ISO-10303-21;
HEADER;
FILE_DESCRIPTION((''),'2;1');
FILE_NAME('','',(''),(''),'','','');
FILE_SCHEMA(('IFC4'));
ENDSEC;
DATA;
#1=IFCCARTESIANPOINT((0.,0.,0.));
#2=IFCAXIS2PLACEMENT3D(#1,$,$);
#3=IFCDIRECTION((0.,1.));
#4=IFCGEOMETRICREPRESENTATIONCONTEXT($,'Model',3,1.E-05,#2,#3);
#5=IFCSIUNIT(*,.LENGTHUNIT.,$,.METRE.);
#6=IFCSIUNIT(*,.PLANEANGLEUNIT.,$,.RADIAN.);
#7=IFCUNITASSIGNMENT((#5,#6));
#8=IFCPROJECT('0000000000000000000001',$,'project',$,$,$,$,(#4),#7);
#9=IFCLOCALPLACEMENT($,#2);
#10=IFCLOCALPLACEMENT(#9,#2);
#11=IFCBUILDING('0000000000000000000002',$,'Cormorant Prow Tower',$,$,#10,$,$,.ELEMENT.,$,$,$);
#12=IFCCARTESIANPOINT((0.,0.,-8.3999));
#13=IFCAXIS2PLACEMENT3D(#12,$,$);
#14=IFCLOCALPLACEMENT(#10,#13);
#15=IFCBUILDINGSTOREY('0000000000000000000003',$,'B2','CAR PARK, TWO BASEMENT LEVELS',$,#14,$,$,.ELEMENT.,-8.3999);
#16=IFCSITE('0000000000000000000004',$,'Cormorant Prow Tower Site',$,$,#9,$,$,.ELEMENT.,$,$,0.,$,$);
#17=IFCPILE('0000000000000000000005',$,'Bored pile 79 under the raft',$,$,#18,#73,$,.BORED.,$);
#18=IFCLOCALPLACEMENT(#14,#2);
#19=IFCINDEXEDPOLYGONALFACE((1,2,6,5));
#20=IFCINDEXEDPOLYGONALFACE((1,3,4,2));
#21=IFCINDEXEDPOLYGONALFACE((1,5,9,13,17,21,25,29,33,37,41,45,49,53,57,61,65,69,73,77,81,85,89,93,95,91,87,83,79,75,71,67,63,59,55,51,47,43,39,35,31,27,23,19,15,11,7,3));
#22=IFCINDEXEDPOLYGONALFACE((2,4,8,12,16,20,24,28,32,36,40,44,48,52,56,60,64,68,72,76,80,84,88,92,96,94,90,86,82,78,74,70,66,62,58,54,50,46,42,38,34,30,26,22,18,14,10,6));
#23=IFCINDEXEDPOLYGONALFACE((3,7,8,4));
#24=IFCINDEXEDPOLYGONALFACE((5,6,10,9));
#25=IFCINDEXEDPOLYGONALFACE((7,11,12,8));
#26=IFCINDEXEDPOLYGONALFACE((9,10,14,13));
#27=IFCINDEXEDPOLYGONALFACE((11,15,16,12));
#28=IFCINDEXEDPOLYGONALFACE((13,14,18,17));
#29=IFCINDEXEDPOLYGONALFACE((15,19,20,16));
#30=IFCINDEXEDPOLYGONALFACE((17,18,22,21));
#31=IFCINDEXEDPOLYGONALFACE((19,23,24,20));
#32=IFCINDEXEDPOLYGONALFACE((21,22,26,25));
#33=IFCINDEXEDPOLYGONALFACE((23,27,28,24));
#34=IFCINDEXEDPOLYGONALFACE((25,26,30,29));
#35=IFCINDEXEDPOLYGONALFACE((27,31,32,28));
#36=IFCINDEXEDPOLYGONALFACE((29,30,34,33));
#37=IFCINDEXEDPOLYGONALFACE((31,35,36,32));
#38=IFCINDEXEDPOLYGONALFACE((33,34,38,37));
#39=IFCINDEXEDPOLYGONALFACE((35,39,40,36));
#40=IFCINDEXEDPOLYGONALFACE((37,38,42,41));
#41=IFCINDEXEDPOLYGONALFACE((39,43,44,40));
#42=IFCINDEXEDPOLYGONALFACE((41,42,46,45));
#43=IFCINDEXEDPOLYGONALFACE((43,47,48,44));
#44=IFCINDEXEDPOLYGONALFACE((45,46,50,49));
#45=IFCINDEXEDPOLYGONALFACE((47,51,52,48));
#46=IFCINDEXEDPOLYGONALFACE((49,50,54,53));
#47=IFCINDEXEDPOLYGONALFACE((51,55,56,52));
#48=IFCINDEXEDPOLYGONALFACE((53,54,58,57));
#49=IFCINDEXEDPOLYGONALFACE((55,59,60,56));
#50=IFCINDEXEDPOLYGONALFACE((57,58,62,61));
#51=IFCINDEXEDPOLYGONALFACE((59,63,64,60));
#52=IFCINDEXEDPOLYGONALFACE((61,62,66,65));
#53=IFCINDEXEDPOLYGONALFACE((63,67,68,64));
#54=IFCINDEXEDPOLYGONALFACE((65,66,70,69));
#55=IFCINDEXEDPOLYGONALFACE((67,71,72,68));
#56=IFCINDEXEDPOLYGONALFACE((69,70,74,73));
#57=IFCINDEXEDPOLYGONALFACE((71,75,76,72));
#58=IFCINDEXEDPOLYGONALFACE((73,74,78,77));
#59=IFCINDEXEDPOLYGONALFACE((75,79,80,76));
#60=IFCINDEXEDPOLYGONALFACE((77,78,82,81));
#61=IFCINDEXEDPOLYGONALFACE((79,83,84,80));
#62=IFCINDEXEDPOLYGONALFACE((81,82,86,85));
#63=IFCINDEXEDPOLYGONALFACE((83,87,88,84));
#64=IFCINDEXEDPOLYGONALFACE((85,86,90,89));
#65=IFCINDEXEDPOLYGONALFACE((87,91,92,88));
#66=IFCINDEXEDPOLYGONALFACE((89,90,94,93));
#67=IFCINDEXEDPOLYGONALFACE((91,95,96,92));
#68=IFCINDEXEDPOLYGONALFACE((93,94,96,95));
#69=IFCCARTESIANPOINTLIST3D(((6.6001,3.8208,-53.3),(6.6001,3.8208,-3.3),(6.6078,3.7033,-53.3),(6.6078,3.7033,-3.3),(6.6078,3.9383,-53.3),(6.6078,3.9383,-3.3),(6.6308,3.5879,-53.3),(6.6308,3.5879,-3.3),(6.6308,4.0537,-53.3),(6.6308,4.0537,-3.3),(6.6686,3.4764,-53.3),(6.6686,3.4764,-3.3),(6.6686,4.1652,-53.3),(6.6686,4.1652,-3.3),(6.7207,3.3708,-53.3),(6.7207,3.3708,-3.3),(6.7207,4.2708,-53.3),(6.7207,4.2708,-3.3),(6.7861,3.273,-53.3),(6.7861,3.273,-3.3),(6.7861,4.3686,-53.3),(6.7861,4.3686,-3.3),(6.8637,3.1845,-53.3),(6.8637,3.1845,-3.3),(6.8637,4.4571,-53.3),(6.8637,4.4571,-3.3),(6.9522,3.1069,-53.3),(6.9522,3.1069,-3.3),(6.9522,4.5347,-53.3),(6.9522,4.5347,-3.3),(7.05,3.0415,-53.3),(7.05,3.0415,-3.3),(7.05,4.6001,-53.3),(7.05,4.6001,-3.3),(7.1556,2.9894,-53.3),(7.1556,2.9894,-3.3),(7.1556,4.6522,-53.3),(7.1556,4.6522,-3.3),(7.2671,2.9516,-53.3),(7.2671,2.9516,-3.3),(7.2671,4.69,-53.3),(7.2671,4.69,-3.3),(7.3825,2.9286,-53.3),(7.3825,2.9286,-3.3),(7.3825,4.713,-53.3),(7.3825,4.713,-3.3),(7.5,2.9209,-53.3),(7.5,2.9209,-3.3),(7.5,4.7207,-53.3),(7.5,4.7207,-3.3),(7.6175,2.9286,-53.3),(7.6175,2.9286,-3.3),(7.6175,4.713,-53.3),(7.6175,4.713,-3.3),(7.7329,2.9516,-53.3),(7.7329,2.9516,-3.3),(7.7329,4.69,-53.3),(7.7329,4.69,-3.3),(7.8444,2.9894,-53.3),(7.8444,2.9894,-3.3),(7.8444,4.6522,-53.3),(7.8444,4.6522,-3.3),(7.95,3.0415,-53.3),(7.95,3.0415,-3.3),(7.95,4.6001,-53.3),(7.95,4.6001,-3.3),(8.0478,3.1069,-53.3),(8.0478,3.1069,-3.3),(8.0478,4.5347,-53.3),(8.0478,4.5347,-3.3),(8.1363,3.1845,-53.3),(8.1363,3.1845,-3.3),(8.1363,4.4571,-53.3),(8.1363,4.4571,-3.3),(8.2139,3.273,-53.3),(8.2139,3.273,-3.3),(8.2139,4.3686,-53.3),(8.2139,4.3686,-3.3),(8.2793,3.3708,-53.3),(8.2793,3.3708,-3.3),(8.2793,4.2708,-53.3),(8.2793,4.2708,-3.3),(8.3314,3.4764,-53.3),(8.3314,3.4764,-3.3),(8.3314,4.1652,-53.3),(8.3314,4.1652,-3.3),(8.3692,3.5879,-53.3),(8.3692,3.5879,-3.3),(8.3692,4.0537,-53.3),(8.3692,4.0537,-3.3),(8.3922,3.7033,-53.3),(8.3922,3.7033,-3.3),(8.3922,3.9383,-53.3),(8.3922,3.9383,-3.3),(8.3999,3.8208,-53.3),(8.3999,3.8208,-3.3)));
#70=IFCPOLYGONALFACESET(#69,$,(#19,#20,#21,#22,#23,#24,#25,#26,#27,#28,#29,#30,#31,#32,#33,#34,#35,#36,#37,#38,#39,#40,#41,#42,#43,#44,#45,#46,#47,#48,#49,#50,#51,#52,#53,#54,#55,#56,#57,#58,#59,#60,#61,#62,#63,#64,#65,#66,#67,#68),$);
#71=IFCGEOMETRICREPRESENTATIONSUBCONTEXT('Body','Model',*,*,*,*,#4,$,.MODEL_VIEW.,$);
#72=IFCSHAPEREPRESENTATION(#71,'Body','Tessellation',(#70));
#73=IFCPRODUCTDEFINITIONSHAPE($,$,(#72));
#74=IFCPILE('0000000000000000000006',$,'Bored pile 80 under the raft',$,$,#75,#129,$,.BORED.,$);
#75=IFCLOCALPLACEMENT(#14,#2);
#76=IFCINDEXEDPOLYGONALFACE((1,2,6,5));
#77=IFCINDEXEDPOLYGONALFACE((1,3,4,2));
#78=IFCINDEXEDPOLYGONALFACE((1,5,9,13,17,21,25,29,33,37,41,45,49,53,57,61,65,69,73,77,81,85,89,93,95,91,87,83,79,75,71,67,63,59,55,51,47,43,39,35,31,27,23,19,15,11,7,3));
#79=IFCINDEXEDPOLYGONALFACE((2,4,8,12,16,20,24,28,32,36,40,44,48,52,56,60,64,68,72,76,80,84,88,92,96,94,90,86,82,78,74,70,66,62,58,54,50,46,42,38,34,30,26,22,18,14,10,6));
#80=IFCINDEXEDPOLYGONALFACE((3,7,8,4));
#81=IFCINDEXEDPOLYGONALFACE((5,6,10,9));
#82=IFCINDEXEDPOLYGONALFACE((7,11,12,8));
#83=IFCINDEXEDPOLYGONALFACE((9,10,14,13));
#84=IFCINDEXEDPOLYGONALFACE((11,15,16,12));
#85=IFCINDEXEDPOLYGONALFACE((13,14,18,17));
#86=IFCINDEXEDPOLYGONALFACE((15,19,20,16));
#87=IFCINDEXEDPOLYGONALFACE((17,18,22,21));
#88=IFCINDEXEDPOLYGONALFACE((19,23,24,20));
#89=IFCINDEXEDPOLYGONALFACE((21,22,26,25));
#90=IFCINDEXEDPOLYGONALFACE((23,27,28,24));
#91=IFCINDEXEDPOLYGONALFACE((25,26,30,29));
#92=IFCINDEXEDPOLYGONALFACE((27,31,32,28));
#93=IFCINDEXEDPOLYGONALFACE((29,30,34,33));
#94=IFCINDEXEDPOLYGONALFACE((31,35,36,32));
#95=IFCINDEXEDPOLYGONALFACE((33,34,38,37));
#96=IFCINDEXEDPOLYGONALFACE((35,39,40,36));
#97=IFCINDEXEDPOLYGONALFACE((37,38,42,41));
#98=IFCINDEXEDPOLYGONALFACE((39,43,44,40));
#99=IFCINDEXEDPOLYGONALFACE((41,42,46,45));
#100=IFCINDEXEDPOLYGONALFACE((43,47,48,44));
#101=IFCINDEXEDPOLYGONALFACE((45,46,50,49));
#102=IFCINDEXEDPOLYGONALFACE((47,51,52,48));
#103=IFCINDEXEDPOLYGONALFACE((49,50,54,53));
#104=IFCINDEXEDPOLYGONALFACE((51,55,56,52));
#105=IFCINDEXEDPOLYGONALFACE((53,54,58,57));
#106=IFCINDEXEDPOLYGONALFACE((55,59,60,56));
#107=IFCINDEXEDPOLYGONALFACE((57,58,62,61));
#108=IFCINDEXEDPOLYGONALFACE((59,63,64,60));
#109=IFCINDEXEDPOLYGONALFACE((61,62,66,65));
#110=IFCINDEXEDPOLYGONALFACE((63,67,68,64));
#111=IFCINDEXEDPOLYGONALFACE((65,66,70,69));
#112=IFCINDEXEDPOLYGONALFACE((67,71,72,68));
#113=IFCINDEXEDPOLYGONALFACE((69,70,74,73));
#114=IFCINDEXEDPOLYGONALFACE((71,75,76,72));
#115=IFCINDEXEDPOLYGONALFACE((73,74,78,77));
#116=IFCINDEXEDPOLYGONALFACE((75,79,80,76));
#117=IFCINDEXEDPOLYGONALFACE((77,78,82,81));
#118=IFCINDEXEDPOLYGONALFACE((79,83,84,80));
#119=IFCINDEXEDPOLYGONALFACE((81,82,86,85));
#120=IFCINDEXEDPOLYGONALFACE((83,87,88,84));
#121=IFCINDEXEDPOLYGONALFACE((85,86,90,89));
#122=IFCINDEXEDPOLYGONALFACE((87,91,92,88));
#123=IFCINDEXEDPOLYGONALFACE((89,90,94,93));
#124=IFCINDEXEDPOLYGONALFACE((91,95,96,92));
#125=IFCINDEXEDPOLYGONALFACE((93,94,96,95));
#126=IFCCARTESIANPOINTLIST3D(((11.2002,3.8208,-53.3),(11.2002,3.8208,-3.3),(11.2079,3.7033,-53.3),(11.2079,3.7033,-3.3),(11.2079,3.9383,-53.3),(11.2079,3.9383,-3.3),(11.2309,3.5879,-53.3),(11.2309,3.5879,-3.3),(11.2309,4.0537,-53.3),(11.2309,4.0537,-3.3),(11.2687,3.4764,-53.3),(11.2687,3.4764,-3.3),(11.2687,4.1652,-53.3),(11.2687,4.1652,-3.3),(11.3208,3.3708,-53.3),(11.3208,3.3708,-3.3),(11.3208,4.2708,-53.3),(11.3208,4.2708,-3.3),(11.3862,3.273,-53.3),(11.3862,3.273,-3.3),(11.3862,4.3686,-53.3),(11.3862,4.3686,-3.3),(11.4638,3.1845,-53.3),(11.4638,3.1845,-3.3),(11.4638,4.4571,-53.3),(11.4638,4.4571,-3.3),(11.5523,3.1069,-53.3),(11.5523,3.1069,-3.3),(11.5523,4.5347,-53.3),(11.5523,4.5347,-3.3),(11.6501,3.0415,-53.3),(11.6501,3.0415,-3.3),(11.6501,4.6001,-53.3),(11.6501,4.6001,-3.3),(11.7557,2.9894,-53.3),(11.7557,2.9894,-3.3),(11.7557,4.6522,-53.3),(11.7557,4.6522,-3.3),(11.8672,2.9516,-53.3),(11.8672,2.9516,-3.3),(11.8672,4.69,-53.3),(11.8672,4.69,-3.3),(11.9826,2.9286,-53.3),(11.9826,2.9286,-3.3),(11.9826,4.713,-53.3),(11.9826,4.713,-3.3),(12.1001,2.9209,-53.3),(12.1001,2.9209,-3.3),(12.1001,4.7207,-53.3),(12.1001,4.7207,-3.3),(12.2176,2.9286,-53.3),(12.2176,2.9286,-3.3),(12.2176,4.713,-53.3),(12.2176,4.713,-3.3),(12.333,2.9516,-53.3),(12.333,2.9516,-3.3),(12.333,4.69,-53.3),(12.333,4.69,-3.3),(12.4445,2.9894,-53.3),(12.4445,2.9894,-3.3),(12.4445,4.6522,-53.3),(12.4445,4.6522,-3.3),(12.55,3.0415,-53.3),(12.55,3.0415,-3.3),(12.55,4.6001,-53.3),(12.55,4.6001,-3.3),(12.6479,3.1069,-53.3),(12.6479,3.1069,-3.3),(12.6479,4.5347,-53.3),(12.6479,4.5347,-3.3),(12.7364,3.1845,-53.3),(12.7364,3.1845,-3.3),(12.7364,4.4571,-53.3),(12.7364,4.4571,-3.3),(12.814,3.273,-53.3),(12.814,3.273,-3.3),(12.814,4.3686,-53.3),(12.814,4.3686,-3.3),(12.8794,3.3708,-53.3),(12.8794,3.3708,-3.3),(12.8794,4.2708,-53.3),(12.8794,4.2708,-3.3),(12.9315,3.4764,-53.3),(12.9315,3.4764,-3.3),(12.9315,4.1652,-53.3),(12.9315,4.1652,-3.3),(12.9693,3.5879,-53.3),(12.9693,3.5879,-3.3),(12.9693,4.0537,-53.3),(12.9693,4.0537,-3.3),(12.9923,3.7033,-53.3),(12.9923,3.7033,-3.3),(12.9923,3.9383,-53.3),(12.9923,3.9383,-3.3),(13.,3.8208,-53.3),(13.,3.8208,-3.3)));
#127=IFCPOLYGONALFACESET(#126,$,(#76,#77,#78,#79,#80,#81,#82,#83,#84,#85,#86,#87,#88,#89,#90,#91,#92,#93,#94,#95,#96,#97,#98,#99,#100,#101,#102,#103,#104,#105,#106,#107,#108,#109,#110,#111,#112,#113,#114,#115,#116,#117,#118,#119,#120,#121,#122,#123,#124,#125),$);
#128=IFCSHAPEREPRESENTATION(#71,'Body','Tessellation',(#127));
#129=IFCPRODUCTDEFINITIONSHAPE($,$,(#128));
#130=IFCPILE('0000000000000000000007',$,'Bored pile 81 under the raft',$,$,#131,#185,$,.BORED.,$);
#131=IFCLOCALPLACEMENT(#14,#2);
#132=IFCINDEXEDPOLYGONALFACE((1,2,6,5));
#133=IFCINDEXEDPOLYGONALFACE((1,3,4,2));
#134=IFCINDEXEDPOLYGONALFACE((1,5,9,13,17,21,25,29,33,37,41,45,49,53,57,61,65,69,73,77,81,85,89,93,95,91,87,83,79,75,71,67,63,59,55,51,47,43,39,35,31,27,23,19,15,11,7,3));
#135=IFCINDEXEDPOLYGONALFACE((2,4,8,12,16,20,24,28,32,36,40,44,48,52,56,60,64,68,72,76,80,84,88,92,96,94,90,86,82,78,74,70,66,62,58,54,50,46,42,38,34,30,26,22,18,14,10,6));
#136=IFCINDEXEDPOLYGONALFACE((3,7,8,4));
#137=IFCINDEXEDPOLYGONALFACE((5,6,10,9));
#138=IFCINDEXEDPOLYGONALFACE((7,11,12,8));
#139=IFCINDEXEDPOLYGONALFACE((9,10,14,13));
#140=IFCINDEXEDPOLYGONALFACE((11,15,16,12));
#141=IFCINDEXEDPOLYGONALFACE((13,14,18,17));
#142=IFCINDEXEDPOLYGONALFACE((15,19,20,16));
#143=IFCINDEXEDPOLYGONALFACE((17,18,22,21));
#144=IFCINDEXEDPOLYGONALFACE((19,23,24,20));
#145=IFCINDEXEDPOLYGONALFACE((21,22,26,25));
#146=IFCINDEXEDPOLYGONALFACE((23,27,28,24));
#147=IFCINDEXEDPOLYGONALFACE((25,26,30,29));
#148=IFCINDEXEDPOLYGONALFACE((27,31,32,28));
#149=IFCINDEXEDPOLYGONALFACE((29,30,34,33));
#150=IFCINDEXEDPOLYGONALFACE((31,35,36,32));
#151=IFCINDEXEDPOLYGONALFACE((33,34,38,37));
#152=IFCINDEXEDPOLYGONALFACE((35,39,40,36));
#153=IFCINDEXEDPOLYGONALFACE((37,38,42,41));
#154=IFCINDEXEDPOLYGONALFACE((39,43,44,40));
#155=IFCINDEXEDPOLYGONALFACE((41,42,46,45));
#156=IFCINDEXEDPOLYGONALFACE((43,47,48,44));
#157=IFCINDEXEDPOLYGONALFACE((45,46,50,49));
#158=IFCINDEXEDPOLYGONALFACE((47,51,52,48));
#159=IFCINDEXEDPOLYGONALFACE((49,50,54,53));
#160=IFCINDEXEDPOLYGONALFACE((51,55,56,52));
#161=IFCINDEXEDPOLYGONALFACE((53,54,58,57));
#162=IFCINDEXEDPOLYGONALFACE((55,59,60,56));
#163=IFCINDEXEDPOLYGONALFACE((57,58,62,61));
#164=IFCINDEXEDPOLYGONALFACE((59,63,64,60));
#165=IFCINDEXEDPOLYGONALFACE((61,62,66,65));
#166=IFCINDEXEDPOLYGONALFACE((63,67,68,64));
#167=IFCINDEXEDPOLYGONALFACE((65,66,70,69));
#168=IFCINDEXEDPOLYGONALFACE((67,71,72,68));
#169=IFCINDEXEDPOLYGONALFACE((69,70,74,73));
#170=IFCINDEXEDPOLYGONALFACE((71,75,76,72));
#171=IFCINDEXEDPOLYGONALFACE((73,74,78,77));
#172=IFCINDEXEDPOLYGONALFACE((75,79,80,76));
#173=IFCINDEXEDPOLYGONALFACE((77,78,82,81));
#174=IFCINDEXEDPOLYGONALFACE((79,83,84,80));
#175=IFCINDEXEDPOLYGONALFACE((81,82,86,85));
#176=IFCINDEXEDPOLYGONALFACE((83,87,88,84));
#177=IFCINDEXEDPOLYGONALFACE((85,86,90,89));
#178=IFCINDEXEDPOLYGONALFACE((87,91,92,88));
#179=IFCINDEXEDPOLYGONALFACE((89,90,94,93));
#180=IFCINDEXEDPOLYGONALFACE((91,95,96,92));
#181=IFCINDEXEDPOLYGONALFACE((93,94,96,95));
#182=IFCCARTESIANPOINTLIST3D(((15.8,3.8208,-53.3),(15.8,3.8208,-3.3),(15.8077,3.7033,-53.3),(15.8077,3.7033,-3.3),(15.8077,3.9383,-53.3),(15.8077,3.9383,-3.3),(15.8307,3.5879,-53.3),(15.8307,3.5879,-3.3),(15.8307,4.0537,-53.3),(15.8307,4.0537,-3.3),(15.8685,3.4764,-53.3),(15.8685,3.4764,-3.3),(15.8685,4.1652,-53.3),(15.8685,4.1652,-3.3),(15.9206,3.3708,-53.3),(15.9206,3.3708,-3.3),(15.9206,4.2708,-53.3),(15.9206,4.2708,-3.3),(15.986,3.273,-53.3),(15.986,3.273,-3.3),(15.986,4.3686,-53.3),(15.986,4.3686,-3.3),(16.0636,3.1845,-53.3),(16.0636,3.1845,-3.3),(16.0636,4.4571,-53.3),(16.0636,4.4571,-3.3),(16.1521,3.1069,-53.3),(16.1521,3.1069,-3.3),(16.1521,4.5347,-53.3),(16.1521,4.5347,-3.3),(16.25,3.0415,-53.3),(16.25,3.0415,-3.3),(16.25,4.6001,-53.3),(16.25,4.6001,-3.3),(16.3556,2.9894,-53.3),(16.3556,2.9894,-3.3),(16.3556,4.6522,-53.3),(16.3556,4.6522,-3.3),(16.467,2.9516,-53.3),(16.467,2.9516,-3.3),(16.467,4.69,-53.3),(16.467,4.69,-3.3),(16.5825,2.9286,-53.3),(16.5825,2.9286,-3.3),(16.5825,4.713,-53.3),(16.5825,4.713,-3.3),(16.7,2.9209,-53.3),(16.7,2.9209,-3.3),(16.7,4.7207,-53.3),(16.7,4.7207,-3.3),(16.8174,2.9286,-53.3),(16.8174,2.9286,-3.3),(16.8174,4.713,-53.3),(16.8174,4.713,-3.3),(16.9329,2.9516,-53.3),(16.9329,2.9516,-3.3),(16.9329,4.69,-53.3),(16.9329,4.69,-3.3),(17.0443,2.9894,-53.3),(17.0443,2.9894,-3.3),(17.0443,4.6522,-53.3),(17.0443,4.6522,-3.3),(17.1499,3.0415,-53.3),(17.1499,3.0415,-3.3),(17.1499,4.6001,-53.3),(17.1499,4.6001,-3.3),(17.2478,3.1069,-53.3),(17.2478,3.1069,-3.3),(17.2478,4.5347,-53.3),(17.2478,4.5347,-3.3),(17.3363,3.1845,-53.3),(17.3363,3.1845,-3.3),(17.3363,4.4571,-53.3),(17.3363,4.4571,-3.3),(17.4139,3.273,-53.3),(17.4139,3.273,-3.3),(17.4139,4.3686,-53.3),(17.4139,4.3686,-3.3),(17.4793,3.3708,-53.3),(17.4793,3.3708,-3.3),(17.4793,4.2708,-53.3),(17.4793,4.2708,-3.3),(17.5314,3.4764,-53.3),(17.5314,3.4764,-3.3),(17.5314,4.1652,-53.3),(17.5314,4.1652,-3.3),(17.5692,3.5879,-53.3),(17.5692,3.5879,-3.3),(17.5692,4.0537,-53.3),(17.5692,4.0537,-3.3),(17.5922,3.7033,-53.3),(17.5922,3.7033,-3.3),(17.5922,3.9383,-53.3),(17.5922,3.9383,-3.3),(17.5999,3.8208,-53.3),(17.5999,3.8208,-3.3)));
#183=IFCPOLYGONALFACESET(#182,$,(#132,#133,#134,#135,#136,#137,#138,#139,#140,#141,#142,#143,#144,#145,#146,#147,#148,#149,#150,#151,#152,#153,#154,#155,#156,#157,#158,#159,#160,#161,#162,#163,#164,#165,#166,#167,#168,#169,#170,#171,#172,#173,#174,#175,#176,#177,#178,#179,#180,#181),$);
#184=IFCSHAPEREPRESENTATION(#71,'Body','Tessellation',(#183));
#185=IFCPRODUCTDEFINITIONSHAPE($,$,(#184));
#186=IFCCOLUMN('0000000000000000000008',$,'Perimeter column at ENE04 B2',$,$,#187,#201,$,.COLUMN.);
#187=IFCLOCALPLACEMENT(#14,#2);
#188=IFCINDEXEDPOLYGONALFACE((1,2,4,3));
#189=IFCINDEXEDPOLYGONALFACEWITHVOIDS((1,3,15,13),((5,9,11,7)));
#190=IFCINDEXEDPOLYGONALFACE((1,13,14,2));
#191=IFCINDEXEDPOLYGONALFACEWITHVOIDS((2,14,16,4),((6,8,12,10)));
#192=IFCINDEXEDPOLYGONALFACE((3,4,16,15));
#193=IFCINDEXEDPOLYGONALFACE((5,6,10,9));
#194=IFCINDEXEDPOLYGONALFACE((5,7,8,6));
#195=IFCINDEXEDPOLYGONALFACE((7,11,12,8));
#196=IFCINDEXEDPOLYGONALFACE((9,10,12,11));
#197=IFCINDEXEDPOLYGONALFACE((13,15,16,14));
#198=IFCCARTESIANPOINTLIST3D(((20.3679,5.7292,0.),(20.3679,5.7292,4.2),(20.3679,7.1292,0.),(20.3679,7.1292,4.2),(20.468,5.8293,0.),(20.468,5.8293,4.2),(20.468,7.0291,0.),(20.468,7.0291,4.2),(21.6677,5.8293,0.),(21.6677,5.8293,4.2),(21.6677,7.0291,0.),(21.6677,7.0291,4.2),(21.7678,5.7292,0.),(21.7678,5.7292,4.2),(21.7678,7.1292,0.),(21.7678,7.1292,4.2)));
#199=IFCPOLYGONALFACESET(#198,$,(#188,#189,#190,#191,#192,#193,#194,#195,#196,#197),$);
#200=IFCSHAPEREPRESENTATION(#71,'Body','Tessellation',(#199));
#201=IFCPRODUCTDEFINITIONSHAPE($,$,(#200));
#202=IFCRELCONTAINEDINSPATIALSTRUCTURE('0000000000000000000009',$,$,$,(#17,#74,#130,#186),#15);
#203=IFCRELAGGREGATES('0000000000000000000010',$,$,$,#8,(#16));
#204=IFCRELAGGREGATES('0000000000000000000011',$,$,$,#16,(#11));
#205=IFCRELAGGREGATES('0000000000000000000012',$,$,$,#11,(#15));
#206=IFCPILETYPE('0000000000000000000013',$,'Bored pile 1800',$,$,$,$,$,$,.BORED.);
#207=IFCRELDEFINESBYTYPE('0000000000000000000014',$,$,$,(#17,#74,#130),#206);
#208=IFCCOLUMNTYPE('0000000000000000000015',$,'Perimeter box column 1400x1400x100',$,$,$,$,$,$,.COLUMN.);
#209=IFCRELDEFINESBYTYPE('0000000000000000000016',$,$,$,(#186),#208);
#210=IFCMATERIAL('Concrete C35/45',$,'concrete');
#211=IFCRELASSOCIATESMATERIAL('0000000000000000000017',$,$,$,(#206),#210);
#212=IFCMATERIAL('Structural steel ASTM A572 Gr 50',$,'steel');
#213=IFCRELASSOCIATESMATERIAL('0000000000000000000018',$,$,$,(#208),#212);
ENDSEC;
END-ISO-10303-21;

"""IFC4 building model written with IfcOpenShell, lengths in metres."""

from ifc_helpers import new_model, si_unit, direction, frame, origin, origin_2d, place, context, subcontext, project, spatial, hollow_rectangle, circle, extrude, material, material_profile, profile_set, type_object, element, save


model = new_model("IFC4")

# Units and contexts
model_context = context("Model", 3, precision=1e-05, world=origin(), true_north=direction((0.0, 1.0)))
body_context = subcontext(model_context, "Body", "Model", "MODEL_VIEW")
ifc_project = project(units=[si_unit("LENGTHUNIT", "METRE"), si_unit("PLANEANGLEUNIT", "RADIAN")], contexts=[model_context])

# Site, building, storey
site_placement = place(None, origin())
site = spatial("IfcSite", under=ifc_project, at=site_placement, Name="Cormorant Prow Tower Site", CompositionType="ELEMENT", RefElevation=0.0)
building_placement = place(site_placement, origin())
building = spatial("IfcBuilding", under=site, at=building_placement, Name="Cormorant Prow Tower", CompositionType="ELEMENT")
storey_placement = place(building_placement, frame((0.0, 0.0, -8.3999)))
storey = spatial("IfcBuildingStorey", under=building, at=storey_placement, Name="B2", Description="CAR PARK, TWO BASEMENT LEVELS", CompositionType="ELEMENT", Elevation=-8.3999)

# Piles
ifc_material_1 = material(Name="Concrete C35/45", Category="concrete")
ifc_material_profile_1 = material_profile(ifc_material_1, circle(Radius=0.8999, at=origin_2d()), Name="Round 1800")
ifc_profile_set_1 = profile_set([ifc_material_profile_1], Name="Concrete C35/45")
pile_type_1 = type_object("IfcPileType", Name="Bored pile 1800", PredefinedType="BORED", material=ifc_profile_set_1)
for number, where, z_axis, x_axis, name in (
    (1, (7.5, 3.8208, -3.3), (0.0, 0.0, -1.0), (1.0, 0.0, 0.0), "Bored pile 79 under the raft"),
    (2, (12.1001, 3.8208, -3.3), (0.0, 0.0, -1.0), (1.0, 0.0, 0.0), "Bored pile 80 under the raft"),
    (3, (16.7, 3.8208, -3.3), (0.0, 0.0, -1.0), (1.0, 0.0, 0.0), "Bored pile 81 under the raft"),
):
    element("IfcPile", number, at=place(storey_placement, frame(where, z_axis=z_axis, x_axis=x_axis)), inside=storey, type_object=pile_type_1, Name=name, PredefinedType="BORED", context=body_context, shape_type="SweptSolid", body=[
        extrude(circle(Radius=0.8999, at=origin_2d()), origin(), (0.0, 0.0, 1.0), 50.0),
    ])

# Column
ifc_material_2 = material(Name="Structural steel ASTM A572 Gr 50", Category="steel")
ifc_material_profile_2 = material_profile(ifc_material_2, hollow_rectangle(XDim=1.3999, YDim=1.3999, WallThickness=0.1001, at=origin_2d()), Name="Box 1400x1400x100")
ifc_profile_set_2 = profile_set([ifc_material_profile_2], Name="Structural steel ASTM A572 Gr 50")
column_type_1 = type_object("IfcColumnType", Name="Perimeter box column 1400x1400x100", PredefinedType="COLUMN", material=ifc_profile_set_2)
column_1_placement = place(storey_placement, frame((21.0679, 6.4292, 0.0), z_axis=(0.0, 0.0, 1.0), x_axis=(1.0, 0.0, 0.0)))
element("IfcColumn", 4, at=column_1_placement, inside=storey, type_object=column_type_1, Name="Perimeter column at ENE04 B2", PredefinedType="COLUMN", context=body_context, shape_type="SweptSolid", body=[
    extrude(hollow_rectangle(XDim=1.3999, YDim=1.3999, WallThickness=0.1001, at=origin_2d()), origin(), (0.0, 0.0, 1.0), 4.2),
])

save(model, "model.ifc")
